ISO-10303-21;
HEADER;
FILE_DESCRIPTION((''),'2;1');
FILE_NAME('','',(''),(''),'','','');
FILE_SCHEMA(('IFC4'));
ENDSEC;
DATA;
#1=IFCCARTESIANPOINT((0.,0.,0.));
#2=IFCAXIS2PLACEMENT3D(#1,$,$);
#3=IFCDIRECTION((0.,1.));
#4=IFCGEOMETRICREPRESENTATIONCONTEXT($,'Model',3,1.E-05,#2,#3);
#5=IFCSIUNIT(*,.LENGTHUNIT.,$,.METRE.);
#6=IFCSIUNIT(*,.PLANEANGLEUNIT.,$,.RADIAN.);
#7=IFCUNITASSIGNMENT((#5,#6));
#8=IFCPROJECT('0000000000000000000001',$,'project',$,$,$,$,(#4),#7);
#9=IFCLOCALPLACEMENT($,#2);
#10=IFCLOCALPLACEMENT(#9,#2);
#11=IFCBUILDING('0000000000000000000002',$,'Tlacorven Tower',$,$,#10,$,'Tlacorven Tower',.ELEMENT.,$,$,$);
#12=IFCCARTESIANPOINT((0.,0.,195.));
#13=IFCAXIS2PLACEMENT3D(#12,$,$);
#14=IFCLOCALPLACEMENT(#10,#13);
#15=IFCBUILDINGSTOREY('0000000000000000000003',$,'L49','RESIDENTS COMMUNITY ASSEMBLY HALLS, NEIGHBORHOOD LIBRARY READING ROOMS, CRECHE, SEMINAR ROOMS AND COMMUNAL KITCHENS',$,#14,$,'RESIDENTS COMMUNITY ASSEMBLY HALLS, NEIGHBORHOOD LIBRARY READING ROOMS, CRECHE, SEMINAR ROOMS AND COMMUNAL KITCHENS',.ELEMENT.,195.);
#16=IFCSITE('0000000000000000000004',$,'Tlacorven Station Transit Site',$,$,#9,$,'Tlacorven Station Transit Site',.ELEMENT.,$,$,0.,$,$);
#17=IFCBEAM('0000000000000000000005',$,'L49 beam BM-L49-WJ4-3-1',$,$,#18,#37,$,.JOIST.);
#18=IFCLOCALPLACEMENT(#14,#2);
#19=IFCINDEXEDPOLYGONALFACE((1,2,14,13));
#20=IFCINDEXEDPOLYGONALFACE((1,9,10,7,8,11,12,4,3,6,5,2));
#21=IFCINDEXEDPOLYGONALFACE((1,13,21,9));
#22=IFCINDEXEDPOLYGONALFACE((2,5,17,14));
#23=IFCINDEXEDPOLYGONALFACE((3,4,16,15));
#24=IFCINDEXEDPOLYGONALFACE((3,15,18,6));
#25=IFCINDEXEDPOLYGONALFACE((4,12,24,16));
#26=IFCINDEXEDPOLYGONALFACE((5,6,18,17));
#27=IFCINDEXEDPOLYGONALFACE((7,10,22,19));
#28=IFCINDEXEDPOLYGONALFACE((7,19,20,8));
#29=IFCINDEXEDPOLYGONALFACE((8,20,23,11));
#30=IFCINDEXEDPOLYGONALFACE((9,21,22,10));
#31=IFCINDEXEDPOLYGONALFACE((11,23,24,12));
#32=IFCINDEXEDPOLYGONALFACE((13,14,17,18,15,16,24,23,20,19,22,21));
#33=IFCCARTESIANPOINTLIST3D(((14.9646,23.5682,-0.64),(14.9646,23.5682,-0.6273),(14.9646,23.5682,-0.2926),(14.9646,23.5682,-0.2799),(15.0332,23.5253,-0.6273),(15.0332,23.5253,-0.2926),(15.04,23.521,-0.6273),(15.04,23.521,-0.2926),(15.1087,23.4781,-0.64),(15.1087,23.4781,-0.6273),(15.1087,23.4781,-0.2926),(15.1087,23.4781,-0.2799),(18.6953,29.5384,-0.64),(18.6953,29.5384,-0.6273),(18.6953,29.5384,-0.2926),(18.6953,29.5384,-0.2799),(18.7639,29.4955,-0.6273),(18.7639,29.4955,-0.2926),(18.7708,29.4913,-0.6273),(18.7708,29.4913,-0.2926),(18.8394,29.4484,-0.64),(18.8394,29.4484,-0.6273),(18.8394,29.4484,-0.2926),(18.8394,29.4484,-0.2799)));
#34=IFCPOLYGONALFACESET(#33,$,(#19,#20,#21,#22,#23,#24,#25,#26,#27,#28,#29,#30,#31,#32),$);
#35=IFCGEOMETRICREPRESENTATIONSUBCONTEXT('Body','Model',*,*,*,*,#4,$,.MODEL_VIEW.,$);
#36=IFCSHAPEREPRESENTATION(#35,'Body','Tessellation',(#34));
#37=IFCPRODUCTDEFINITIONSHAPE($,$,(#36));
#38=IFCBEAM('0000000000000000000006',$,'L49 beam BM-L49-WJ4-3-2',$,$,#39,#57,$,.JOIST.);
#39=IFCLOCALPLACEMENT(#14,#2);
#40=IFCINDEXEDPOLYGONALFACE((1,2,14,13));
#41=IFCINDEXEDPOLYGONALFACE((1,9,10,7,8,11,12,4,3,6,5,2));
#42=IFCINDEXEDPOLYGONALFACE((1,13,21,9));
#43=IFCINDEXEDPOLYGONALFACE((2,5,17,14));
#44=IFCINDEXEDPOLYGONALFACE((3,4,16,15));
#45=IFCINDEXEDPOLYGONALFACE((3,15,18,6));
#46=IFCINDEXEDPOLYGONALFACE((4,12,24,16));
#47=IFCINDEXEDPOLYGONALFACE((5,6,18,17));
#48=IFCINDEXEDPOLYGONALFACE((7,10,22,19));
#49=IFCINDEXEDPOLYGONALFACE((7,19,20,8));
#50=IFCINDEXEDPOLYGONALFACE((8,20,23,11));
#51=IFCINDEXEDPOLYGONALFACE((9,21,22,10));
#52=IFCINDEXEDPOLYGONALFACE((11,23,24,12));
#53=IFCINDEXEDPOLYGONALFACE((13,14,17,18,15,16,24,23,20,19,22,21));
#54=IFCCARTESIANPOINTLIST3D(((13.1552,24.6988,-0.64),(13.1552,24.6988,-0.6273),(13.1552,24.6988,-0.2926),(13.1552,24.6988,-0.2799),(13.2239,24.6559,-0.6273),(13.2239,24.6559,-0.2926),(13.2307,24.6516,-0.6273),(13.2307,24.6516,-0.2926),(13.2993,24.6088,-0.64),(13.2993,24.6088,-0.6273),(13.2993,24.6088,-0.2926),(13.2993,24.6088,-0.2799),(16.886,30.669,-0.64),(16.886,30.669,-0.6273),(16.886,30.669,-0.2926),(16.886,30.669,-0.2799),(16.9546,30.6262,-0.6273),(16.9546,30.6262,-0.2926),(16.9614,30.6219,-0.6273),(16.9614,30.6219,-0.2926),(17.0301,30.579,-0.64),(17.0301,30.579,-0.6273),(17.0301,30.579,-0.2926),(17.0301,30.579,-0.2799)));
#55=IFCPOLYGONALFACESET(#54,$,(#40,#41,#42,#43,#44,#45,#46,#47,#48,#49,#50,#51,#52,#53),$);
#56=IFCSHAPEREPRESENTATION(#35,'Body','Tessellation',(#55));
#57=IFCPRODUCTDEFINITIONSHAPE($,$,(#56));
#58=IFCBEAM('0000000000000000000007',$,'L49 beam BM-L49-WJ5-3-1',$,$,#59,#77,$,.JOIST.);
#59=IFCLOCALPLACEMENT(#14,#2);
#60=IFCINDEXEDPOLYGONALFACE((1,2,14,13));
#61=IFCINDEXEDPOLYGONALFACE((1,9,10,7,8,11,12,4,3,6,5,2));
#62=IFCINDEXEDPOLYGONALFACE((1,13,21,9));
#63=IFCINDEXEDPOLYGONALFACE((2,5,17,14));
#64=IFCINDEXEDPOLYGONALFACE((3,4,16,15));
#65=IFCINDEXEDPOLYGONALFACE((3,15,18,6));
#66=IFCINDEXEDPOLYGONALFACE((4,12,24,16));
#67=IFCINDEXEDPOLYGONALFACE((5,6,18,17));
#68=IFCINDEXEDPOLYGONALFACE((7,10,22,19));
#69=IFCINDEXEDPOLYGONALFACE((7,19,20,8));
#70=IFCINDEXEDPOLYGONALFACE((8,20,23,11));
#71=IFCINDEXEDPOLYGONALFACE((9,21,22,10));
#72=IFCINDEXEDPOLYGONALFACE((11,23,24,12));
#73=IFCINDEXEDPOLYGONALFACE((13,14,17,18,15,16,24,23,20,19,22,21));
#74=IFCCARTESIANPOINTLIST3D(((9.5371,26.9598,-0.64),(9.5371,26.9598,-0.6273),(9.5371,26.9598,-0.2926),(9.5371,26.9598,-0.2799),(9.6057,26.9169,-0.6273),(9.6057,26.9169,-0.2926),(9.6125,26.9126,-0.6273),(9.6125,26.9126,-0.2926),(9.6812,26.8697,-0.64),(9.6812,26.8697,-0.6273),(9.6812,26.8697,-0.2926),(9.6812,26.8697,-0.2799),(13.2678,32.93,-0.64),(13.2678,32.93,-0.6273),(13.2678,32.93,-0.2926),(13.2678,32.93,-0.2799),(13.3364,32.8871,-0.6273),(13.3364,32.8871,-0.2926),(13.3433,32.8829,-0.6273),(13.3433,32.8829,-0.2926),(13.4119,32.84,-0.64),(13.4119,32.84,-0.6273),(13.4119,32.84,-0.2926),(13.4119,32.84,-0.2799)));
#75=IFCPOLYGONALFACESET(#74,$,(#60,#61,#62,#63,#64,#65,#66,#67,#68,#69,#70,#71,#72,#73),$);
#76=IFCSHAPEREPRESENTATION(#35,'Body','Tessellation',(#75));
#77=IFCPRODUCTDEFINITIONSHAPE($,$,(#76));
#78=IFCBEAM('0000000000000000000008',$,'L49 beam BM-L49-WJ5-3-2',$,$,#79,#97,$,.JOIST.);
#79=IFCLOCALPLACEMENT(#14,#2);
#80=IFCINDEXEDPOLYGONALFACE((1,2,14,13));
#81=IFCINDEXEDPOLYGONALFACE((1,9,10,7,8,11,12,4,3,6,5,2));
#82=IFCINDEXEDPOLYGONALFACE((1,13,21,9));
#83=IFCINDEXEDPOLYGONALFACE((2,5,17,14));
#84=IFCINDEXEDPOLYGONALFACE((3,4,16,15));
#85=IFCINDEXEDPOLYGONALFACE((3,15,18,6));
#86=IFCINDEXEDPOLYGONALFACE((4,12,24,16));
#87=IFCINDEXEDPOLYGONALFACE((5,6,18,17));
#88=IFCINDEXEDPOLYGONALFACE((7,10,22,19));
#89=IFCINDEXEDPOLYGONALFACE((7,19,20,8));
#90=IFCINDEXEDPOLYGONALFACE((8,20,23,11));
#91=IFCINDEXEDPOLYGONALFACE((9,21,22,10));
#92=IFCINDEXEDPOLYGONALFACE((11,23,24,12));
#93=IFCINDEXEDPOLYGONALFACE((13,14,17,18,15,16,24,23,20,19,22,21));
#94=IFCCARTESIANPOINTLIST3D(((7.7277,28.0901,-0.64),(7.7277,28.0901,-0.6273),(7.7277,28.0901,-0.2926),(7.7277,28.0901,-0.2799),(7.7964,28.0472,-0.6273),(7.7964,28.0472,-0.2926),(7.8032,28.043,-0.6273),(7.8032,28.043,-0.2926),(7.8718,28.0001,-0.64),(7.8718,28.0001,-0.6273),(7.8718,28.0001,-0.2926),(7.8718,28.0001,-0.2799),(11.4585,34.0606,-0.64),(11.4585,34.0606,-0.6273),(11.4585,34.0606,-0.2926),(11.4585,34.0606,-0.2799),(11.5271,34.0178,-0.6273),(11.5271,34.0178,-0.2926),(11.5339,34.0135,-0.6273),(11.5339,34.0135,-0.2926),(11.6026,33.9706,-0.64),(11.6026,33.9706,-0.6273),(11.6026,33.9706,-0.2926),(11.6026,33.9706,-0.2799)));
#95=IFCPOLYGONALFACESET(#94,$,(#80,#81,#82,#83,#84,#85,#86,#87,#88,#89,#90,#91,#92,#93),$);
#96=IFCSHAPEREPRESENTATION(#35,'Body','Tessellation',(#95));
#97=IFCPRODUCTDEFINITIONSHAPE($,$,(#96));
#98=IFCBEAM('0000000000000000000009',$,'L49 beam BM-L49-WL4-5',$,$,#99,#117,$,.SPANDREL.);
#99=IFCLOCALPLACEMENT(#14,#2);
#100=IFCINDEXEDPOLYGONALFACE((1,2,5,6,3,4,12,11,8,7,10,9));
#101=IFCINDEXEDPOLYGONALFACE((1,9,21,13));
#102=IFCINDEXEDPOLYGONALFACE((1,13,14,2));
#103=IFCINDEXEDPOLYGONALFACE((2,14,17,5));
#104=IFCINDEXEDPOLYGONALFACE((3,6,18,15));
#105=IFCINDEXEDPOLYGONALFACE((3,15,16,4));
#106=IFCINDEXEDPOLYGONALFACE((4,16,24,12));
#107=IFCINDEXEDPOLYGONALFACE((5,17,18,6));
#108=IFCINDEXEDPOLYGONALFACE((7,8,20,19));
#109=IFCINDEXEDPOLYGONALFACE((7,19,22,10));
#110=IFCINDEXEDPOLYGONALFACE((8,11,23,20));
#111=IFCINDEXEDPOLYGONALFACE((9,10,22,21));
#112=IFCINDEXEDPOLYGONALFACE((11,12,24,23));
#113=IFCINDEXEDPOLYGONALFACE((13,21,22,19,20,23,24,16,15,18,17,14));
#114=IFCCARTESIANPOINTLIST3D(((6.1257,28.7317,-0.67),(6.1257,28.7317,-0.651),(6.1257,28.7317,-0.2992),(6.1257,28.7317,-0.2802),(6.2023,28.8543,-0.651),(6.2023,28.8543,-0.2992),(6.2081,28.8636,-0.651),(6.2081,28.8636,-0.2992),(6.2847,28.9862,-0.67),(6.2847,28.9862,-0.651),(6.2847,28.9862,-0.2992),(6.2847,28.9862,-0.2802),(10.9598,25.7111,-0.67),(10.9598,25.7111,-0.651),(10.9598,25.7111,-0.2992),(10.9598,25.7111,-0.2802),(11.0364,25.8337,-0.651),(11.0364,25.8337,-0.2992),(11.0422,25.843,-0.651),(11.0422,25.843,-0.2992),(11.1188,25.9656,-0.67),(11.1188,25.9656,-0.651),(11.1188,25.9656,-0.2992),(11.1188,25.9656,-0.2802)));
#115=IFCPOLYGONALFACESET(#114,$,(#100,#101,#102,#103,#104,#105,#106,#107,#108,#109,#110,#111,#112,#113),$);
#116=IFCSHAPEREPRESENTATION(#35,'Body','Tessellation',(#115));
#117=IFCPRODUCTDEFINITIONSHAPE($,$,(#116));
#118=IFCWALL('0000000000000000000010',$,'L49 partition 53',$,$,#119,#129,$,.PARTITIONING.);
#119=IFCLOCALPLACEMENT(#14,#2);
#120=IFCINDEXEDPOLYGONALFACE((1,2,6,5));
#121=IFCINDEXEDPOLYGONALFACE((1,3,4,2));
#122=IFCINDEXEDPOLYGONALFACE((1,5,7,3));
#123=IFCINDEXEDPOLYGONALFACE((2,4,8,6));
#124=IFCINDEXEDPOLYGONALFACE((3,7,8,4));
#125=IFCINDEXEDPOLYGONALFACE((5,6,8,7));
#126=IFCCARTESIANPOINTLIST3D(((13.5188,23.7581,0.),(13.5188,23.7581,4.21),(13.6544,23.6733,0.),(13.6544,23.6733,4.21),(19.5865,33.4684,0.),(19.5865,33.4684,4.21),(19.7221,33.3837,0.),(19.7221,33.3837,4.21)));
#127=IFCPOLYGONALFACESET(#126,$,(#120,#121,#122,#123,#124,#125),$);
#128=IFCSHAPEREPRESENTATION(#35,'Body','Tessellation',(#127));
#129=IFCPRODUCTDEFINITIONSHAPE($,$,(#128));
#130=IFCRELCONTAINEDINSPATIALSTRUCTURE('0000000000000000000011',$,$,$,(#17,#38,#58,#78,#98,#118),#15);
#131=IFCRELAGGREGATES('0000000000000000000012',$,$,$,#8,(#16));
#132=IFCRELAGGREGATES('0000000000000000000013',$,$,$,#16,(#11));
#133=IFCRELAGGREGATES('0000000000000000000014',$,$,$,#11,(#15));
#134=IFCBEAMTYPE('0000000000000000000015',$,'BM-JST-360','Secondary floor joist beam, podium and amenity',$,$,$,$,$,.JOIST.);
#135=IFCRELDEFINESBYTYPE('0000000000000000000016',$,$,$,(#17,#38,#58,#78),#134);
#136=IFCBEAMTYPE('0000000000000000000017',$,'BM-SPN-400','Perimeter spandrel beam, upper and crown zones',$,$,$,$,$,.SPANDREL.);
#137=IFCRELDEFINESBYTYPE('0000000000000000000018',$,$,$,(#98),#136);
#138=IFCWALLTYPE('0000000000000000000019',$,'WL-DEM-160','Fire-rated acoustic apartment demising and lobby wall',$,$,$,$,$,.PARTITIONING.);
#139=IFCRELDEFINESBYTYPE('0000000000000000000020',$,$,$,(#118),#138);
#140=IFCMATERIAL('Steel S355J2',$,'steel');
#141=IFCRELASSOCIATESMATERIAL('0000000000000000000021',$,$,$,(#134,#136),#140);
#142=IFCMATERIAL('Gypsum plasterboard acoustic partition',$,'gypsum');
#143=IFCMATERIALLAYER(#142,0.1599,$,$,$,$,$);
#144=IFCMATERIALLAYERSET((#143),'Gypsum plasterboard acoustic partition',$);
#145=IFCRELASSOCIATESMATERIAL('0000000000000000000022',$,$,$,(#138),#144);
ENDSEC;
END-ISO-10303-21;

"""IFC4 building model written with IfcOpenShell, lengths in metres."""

from ifc_helpers import new_model, si_unit, direction, frame, frame_2d, origin, origin_2d, place, context, subcontext, project, spatial, rectangle, i_section, extrude, source, transform, mapped, material, layer, layer_set, material_profile, profile_set, type_object, element, save


model = new_model("IFC4")

# Units and contexts
model_context = context("Model", 3, precision=1e-05, world=origin(), true_north=direction((0.0, 1.0)))
body_context = subcontext(model_context, "Body", "Model", "MODEL_VIEW")
ifc_project = project(units=[si_unit("LENGTHUNIT", "METRE"), si_unit("PLANEANGLEUNIT", "RADIAN")], contexts=[model_context])

# Site, building, storey
site_placement = place(None, origin())
site = spatial("IfcSite", under=ifc_project, at=site_placement, Name="Tlacorven Station Transit Site", LongName="Tlacorven Station Transit Site", CompositionType="ELEMENT", RefElevation=0.0)
building_placement = place(site_placement, origin())
building = spatial("IfcBuilding", under=site, at=building_placement, Name="Tlacorven Tower", LongName="Tlacorven Tower", CompositionType="ELEMENT")
storey_placement = place(building_placement, frame((0.0, 0.0, 195.0)))
storey = spatial("IfcBuildingStorey", under=building, at=storey_placement, Name="L49", Description="RESIDENTS COMMUNITY ASSEMBLY HALLS, NEIGHBORHOOD LIBRARY READING ROOMS, CRECHE, SEMINAR ROOMS AND COMMUNAL KITCHENS", LongName="RESIDENTS COMMUNITY ASSEMBLY HALLS, NEIGHBORHOOD LIBRARY READING ROOMS, CRECHE, SEMINAR ROOMS AND COMMUNAL KITCHENS", CompositionType="ELEMENT", Elevation=195.0)

# Beams
ifc_material_1 = material(Name="Steel S355J2", Category="steel")
ifc_material_profile_1 = material_profile(ifc_material_1, i_section(OverallWidth=0.1699, OverallDepth=0.3601, WebThickness=0.0081, FlangeThickness=0.0127, at=origin_2d()), Name="IPE 360")
ifc_profile_set_1 = profile_set([ifc_material_profile_1], Name="Steel S355J2")
beam_type_1 = type_object("IfcBeamType", Name="BM-JST-360", Description="Secondary floor joist beam, podium and amenity", PredefinedType="JOIST", material=ifc_profile_set_1)
shared_shape_1 = source(origin(), body_context, "Body", "SweptSolid", [
    extrude(i_section(OverallWidth=0.1699, OverallDepth=0.3601, WebThickness=0.0081, FlangeThickness=0.0127, at=origin_2d()), origin(), (0.0, 0.0, 1.0), 7.04),
])
for number, where, z_axis, x_axis, name in (
    (1, (18.7673, 29.4934, -0.46), (-0.52993, -0.848041, 0.0), (0.848041, -0.52993, 0.0), "L49 beam BM-L49-WJ4-3-1"),
    (2, (16.958, 30.624, -0.46), (-0.52993, -0.848041, 0.0), (0.848041, -0.52993, 0.0), "L49 beam BM-L49-WJ4-3-2"),
    (3, (13.3398, 32.885, -0.46), (-0.52993, -0.848041, 0.0), (0.848041, -0.52993, 0.0), "L49 beam BM-L49-WJ5-3-1"),
):
    element("IfcBeam", number, at=place(storey_placement, frame(where, z_axis=z_axis, x_axis=x_axis)), inside=storey, type_object=beam_type_1, Name=name, PredefinedType="JOIST", context=body_context, shape_type="MappedRepresentation", body=[
        mapped(shared_shape_1, transform((0.0, 0.0, 0.0), scale=1.0)),
    ])
shared_shape_2 = source(origin(), body_context, "Body", "SweptSolid", [
    extrude(i_section(OverallWidth=0.1699, OverallDepth=0.3601, WebThickness=0.0081, FlangeThickness=0.0127, at=origin_2d()), origin(), (0.0, 0.0, 1.0), 7.0403),
])
beam_1_placement = place(storey_placement, frame((11.5305, 34.0156, -0.46), z_axis=(-0.529915, -0.848051, 0.0), x_axis=(0.848051, -0.529915, 0.0)))
element("IfcBeam", 4, at=beam_1_placement, inside=storey, type_object=beam_type_1, Name="L49 beam BM-L49-WJ5-3-2", PredefinedType="JOIST", context=body_context, shape_type="MappedRepresentation", body=[
    mapped(shared_shape_2, transform((0.0, 0.0, 0.0), scale=1.0)),
])
ifc_material_profile_2 = material_profile(ifc_material_1, i_section(OverallWidth=0.3, OverallDepth=0.3899, WebThickness=0.011, FlangeThickness=0.019, at=origin_2d()), Name="HEA 400")
ifc_profile_set_2 = profile_set([ifc_material_profile_2], Name="Steel S355J2")
beam_type_2 = type_object("IfcBeamType", Name="BM-SPN-400", Description="Perimeter spandrel beam, upper and crown zones", PredefinedType="SPANDREL", material=ifc_profile_set_2)
shared_shape_3 = source(origin(), body_context, "Body", "SweptSolid", [
    extrude(i_section(OverallWidth=0.3, OverallDepth=0.3899, WebThickness=0.011, FlangeThickness=0.019, at=origin_2d()), origin(), (0.0, 0.0, 1.0), 5.7002),
])
beam_2_placement = place(storey_placement, frame((11.0393, 25.8384, -0.4751), z_axis=(-0.848056, 0.529907, 0.0), x_axis=(-0.529907, -0.848056, 0.0)))
element("IfcBeam", 5, at=beam_2_placement, inside=storey, type_object=beam_type_2, Name="L49 beam BM-L49-WL4-5", PredefinedType="SPANDREL", context=body_context, shape_type="MappedRepresentation", body=[
    mapped(shared_shape_3, transform((0.0, 0.0, 0.0), scale=1.0)),
])

# Wall
ifc_material_2 = material(Name="Gypsum plasterboard acoustic partition", Category="gypsum")
ifc_layer_1 = layer(ifc_material_2, 0.1599)
ifc_layer_set_1 = layer_set([ifc_layer_1], Name="Gypsum plasterboard acoustic partition")
wall_type_1 = type_object("IfcWallType", Name="WL-DEM-160", Description="Fire-rated acoustic apartment demising and lobby wall", PredefinedType="PARTITIONING", material=ifc_layer_set_1)
wall_1_placement = place(storey_placement, frame((19.6543, 33.426, 0.0), z_axis=(0.0, 0.0, 1.0), x_axis=(-0.52992, -0.848047, 0.0)))
element("IfcWall", 6, at=wall_1_placement, inside=storey, type_object=wall_type_1, Name="L49 partition 53", PredefinedType="PARTITIONING", context=body_context, shape_type="SweptSolid", body=[
    extrude(rectangle(XDim=11.4502, YDim=0.1599, at=frame_2d((5.7251, 0.0))), origin(), (0.0, 0.0, 1.0), 4.21),
])

save(model, "model.ifc")
